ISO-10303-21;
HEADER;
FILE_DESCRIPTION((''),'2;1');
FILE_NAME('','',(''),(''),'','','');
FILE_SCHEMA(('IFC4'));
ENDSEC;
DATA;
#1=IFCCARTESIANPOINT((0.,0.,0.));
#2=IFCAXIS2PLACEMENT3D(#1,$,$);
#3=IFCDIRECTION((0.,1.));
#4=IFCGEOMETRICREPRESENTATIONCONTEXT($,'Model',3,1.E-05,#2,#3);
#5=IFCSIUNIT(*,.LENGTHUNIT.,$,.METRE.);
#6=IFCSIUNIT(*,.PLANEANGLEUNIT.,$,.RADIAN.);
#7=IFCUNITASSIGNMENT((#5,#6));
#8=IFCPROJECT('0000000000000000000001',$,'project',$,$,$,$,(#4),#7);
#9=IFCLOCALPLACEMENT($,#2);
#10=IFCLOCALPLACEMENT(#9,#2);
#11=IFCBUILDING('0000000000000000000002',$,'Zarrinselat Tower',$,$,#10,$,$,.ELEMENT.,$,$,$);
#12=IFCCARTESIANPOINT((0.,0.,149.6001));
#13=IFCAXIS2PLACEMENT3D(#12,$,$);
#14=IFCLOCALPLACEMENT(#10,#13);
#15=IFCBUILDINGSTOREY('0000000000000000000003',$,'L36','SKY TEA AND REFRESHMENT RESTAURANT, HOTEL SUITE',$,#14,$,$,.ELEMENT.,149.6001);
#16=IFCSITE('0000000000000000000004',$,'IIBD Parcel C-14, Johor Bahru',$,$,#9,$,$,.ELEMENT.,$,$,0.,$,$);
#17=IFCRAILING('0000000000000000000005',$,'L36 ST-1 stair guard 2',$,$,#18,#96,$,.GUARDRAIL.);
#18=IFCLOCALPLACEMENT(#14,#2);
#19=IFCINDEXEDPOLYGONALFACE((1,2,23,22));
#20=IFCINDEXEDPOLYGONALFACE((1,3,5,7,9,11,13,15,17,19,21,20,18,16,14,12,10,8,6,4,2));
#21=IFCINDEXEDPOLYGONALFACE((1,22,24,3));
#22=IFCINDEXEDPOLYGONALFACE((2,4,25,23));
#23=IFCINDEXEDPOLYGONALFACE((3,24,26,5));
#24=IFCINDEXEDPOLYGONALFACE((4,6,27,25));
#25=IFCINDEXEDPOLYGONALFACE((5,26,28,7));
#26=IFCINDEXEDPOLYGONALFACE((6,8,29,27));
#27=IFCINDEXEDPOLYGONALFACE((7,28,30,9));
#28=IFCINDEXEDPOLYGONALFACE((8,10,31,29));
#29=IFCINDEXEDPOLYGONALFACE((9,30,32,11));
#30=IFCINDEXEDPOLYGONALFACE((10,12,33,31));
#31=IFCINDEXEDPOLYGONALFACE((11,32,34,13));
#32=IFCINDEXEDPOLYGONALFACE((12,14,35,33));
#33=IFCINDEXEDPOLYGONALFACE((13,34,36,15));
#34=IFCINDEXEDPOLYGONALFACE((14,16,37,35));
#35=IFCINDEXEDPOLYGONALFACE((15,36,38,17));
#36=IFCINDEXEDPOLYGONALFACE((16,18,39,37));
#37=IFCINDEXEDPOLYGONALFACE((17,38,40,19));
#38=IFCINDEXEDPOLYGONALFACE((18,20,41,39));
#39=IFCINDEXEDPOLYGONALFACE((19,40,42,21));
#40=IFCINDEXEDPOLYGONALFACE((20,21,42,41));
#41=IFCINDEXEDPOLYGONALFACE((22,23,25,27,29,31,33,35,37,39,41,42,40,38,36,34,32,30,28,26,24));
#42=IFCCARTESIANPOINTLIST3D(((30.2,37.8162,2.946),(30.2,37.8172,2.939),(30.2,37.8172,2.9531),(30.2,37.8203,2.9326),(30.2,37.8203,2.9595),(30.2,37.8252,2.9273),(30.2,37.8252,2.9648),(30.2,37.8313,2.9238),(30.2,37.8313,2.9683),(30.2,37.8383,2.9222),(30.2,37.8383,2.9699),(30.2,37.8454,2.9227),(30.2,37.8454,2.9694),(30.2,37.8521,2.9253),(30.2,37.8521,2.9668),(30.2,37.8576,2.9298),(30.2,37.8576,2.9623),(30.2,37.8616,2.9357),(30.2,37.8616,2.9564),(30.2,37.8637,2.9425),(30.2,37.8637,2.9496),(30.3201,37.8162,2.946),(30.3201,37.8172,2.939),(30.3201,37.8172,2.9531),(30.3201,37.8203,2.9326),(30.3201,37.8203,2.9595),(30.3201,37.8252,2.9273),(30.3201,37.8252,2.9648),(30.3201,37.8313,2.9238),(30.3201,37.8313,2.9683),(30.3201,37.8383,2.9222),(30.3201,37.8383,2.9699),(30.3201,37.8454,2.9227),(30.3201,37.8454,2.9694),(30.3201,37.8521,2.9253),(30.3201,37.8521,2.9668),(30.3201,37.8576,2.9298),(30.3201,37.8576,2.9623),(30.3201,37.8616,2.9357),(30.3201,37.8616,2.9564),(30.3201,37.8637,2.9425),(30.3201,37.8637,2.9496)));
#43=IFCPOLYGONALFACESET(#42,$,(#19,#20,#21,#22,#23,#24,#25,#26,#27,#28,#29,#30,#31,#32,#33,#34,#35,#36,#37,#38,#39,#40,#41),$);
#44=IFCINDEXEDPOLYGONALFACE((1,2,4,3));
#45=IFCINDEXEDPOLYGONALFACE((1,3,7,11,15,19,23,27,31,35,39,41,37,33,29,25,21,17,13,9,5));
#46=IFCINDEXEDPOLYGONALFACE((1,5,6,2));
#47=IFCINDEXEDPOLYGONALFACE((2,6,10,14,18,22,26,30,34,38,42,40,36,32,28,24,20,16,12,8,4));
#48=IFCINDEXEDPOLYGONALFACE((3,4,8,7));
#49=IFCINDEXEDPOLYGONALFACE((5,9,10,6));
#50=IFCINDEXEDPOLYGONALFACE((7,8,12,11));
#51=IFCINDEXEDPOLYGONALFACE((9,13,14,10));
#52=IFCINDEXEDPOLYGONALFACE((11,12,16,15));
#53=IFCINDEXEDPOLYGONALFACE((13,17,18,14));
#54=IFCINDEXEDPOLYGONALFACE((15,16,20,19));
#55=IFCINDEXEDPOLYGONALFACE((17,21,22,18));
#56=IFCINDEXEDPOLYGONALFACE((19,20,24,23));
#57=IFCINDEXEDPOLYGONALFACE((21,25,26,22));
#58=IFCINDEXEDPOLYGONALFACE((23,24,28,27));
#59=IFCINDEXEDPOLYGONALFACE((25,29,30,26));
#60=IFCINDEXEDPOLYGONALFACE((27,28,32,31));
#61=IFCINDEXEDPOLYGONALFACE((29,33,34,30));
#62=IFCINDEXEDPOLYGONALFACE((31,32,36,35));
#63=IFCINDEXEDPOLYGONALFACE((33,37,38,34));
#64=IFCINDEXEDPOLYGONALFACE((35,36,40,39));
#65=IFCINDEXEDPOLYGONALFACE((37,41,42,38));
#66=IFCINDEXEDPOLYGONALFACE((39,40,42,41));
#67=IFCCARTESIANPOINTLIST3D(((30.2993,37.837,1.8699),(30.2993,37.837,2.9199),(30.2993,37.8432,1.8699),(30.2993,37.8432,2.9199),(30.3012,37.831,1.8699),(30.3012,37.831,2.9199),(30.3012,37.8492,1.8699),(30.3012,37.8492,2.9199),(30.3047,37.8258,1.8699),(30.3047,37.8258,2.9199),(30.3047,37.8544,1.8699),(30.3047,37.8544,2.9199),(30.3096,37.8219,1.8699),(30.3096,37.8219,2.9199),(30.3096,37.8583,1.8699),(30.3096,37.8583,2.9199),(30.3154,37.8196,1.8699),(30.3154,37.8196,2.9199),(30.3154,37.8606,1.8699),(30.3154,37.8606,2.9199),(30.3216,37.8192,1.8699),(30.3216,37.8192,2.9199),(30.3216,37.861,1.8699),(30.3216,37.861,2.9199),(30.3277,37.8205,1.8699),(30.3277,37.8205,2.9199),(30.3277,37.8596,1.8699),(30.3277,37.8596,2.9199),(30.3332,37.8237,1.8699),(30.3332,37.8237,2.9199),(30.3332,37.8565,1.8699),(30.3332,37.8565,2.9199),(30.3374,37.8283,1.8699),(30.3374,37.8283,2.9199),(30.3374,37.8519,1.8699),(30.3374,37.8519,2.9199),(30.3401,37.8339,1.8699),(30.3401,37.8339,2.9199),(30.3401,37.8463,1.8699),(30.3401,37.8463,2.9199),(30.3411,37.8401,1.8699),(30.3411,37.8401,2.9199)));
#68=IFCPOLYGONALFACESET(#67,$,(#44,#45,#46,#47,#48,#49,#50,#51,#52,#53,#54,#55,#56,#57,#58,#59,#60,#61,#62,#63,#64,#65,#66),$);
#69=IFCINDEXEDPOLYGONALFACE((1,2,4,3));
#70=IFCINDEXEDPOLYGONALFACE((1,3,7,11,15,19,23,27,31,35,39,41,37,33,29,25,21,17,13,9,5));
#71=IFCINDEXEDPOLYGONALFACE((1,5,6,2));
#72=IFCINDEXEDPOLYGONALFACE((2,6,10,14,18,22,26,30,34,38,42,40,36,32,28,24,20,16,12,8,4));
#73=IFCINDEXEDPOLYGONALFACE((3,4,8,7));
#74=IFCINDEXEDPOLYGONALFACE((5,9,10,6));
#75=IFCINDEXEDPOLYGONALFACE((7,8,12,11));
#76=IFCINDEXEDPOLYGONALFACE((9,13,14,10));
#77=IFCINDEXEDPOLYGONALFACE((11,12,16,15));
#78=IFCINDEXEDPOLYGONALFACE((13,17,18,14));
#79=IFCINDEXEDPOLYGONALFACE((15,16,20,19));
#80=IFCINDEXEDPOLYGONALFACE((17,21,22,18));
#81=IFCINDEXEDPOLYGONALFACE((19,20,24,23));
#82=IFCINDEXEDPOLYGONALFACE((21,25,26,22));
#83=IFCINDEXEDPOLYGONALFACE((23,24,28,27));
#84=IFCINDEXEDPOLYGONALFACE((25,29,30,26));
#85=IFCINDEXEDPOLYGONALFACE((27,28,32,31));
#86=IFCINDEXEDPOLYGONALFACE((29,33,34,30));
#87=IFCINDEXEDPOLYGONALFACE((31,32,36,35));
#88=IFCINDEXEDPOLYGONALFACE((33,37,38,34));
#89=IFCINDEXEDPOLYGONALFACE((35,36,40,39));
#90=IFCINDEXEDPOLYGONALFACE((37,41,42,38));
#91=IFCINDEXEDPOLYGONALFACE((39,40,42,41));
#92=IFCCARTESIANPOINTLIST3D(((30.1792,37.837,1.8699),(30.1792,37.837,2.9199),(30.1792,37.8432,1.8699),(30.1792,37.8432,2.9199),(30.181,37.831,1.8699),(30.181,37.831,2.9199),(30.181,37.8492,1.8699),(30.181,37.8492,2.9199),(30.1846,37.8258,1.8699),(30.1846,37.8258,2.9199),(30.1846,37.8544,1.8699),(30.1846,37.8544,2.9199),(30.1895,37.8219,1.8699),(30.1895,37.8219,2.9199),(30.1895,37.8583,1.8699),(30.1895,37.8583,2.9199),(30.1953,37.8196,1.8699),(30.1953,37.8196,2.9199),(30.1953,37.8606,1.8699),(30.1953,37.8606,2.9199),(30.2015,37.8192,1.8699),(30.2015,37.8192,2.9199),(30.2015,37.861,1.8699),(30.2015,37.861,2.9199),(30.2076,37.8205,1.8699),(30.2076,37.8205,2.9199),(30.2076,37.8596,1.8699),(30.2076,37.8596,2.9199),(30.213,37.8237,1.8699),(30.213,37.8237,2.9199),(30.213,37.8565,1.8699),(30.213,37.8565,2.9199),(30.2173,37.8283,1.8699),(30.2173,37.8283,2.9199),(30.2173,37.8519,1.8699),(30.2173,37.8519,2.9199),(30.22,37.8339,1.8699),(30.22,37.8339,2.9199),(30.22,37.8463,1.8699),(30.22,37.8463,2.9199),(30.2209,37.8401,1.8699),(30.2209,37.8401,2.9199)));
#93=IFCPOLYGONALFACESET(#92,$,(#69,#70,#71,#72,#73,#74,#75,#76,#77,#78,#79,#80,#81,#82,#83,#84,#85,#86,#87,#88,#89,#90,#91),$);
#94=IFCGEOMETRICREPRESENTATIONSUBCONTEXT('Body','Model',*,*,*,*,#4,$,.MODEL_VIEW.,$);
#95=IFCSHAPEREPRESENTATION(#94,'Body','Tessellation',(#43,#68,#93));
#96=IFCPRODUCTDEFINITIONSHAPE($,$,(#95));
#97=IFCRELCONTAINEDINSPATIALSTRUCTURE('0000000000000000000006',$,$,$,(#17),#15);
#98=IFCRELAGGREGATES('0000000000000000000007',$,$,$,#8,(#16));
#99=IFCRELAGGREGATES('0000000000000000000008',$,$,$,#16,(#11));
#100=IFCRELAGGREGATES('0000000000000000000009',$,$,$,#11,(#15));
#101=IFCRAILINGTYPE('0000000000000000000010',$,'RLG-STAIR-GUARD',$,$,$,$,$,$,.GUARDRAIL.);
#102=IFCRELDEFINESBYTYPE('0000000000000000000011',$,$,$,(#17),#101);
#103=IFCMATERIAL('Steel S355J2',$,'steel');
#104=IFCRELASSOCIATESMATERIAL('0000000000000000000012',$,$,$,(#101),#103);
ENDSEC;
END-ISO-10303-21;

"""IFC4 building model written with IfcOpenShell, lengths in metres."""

from ifc_helpers import new_model, si_unit, direction, frame, origin, origin_2d, place, context, subcontext, project, spatial, circle, extrude, material, type_object, element, save


model = new_model("IFC4")

# Units and contexts
model_context = context("Model", 3, precision=1e-05, world=origin(), true_north=direction((0.0, 1.0)))
body_context = subcontext(model_context, "Body", "Model", "MODEL_VIEW")
ifc_project = project(units=[si_unit("LENGTHUNIT", "METRE"), si_unit("PLANEANGLEUNIT", "RADIAN")], contexts=[model_context])

# Site, building, storey
site_placement = place(None, origin())
site = spatial("IfcSite", under=ifc_project, at=site_placement, Name="IIBD Parcel C-14, Johor Bahru", CompositionType="ELEMENT", RefElevation=0.0)
building_placement = place(site_placement, origin())
building = spatial("IfcBuilding", under=site, at=building_placement, Name="Zarrinselat Tower", CompositionType="ELEMENT")
storey_placement = place(building_placement, frame((0.0, 0.0, 149.6001)))
storey = spatial("IfcBuildingStorey", under=building, at=storey_placement, Name="L36", Description="SKY TEA AND REFRESHMENT RESTAURANT, HOTEL SUITE", CompositionType="ELEMENT", Elevation=149.6001)

# Railing
ifc_material_1 = material(Name="Steel S355J2", Category="steel")
railing_type_1 = type_object("IfcRailingType", Name="RLG-STAIR-GUARD", PredefinedType="GUARDRAIL", material=ifc_material_1)
railing_1_placement = place(storey_placement, frame((30.3201, 37.8401, 1.8699)))
element("IfcRailing", 1, at=railing_1_placement, inside=storey, type_object=railing_type_1, Name="L36 ST-1 stair guard 2", PredefinedType="GUARDRAIL", context=body_context, shape_type="SweptSolid", body=[
    extrude(circle(Radius=0.0239, at=origin_2d()), frame((0.0, 0.0, 1.0762), z_axis=(-1.0, 0.0, 0.0), x_axis=(0.0, -1.0, 0.0)), (0.0, 0.0, 1.0), 0.1201),
    extrude(circle(Radius=0.021, at=origin_2d()), origin(), (0.0, 0.0, 1.0), 1.05),
    extrude(circle(Radius=0.021, at=origin_2d()), frame((-0.1201, 0.0, 0.0)), (0.0, 0.0, 1.0), 1.05),
])

save(model, "model.ifc")
